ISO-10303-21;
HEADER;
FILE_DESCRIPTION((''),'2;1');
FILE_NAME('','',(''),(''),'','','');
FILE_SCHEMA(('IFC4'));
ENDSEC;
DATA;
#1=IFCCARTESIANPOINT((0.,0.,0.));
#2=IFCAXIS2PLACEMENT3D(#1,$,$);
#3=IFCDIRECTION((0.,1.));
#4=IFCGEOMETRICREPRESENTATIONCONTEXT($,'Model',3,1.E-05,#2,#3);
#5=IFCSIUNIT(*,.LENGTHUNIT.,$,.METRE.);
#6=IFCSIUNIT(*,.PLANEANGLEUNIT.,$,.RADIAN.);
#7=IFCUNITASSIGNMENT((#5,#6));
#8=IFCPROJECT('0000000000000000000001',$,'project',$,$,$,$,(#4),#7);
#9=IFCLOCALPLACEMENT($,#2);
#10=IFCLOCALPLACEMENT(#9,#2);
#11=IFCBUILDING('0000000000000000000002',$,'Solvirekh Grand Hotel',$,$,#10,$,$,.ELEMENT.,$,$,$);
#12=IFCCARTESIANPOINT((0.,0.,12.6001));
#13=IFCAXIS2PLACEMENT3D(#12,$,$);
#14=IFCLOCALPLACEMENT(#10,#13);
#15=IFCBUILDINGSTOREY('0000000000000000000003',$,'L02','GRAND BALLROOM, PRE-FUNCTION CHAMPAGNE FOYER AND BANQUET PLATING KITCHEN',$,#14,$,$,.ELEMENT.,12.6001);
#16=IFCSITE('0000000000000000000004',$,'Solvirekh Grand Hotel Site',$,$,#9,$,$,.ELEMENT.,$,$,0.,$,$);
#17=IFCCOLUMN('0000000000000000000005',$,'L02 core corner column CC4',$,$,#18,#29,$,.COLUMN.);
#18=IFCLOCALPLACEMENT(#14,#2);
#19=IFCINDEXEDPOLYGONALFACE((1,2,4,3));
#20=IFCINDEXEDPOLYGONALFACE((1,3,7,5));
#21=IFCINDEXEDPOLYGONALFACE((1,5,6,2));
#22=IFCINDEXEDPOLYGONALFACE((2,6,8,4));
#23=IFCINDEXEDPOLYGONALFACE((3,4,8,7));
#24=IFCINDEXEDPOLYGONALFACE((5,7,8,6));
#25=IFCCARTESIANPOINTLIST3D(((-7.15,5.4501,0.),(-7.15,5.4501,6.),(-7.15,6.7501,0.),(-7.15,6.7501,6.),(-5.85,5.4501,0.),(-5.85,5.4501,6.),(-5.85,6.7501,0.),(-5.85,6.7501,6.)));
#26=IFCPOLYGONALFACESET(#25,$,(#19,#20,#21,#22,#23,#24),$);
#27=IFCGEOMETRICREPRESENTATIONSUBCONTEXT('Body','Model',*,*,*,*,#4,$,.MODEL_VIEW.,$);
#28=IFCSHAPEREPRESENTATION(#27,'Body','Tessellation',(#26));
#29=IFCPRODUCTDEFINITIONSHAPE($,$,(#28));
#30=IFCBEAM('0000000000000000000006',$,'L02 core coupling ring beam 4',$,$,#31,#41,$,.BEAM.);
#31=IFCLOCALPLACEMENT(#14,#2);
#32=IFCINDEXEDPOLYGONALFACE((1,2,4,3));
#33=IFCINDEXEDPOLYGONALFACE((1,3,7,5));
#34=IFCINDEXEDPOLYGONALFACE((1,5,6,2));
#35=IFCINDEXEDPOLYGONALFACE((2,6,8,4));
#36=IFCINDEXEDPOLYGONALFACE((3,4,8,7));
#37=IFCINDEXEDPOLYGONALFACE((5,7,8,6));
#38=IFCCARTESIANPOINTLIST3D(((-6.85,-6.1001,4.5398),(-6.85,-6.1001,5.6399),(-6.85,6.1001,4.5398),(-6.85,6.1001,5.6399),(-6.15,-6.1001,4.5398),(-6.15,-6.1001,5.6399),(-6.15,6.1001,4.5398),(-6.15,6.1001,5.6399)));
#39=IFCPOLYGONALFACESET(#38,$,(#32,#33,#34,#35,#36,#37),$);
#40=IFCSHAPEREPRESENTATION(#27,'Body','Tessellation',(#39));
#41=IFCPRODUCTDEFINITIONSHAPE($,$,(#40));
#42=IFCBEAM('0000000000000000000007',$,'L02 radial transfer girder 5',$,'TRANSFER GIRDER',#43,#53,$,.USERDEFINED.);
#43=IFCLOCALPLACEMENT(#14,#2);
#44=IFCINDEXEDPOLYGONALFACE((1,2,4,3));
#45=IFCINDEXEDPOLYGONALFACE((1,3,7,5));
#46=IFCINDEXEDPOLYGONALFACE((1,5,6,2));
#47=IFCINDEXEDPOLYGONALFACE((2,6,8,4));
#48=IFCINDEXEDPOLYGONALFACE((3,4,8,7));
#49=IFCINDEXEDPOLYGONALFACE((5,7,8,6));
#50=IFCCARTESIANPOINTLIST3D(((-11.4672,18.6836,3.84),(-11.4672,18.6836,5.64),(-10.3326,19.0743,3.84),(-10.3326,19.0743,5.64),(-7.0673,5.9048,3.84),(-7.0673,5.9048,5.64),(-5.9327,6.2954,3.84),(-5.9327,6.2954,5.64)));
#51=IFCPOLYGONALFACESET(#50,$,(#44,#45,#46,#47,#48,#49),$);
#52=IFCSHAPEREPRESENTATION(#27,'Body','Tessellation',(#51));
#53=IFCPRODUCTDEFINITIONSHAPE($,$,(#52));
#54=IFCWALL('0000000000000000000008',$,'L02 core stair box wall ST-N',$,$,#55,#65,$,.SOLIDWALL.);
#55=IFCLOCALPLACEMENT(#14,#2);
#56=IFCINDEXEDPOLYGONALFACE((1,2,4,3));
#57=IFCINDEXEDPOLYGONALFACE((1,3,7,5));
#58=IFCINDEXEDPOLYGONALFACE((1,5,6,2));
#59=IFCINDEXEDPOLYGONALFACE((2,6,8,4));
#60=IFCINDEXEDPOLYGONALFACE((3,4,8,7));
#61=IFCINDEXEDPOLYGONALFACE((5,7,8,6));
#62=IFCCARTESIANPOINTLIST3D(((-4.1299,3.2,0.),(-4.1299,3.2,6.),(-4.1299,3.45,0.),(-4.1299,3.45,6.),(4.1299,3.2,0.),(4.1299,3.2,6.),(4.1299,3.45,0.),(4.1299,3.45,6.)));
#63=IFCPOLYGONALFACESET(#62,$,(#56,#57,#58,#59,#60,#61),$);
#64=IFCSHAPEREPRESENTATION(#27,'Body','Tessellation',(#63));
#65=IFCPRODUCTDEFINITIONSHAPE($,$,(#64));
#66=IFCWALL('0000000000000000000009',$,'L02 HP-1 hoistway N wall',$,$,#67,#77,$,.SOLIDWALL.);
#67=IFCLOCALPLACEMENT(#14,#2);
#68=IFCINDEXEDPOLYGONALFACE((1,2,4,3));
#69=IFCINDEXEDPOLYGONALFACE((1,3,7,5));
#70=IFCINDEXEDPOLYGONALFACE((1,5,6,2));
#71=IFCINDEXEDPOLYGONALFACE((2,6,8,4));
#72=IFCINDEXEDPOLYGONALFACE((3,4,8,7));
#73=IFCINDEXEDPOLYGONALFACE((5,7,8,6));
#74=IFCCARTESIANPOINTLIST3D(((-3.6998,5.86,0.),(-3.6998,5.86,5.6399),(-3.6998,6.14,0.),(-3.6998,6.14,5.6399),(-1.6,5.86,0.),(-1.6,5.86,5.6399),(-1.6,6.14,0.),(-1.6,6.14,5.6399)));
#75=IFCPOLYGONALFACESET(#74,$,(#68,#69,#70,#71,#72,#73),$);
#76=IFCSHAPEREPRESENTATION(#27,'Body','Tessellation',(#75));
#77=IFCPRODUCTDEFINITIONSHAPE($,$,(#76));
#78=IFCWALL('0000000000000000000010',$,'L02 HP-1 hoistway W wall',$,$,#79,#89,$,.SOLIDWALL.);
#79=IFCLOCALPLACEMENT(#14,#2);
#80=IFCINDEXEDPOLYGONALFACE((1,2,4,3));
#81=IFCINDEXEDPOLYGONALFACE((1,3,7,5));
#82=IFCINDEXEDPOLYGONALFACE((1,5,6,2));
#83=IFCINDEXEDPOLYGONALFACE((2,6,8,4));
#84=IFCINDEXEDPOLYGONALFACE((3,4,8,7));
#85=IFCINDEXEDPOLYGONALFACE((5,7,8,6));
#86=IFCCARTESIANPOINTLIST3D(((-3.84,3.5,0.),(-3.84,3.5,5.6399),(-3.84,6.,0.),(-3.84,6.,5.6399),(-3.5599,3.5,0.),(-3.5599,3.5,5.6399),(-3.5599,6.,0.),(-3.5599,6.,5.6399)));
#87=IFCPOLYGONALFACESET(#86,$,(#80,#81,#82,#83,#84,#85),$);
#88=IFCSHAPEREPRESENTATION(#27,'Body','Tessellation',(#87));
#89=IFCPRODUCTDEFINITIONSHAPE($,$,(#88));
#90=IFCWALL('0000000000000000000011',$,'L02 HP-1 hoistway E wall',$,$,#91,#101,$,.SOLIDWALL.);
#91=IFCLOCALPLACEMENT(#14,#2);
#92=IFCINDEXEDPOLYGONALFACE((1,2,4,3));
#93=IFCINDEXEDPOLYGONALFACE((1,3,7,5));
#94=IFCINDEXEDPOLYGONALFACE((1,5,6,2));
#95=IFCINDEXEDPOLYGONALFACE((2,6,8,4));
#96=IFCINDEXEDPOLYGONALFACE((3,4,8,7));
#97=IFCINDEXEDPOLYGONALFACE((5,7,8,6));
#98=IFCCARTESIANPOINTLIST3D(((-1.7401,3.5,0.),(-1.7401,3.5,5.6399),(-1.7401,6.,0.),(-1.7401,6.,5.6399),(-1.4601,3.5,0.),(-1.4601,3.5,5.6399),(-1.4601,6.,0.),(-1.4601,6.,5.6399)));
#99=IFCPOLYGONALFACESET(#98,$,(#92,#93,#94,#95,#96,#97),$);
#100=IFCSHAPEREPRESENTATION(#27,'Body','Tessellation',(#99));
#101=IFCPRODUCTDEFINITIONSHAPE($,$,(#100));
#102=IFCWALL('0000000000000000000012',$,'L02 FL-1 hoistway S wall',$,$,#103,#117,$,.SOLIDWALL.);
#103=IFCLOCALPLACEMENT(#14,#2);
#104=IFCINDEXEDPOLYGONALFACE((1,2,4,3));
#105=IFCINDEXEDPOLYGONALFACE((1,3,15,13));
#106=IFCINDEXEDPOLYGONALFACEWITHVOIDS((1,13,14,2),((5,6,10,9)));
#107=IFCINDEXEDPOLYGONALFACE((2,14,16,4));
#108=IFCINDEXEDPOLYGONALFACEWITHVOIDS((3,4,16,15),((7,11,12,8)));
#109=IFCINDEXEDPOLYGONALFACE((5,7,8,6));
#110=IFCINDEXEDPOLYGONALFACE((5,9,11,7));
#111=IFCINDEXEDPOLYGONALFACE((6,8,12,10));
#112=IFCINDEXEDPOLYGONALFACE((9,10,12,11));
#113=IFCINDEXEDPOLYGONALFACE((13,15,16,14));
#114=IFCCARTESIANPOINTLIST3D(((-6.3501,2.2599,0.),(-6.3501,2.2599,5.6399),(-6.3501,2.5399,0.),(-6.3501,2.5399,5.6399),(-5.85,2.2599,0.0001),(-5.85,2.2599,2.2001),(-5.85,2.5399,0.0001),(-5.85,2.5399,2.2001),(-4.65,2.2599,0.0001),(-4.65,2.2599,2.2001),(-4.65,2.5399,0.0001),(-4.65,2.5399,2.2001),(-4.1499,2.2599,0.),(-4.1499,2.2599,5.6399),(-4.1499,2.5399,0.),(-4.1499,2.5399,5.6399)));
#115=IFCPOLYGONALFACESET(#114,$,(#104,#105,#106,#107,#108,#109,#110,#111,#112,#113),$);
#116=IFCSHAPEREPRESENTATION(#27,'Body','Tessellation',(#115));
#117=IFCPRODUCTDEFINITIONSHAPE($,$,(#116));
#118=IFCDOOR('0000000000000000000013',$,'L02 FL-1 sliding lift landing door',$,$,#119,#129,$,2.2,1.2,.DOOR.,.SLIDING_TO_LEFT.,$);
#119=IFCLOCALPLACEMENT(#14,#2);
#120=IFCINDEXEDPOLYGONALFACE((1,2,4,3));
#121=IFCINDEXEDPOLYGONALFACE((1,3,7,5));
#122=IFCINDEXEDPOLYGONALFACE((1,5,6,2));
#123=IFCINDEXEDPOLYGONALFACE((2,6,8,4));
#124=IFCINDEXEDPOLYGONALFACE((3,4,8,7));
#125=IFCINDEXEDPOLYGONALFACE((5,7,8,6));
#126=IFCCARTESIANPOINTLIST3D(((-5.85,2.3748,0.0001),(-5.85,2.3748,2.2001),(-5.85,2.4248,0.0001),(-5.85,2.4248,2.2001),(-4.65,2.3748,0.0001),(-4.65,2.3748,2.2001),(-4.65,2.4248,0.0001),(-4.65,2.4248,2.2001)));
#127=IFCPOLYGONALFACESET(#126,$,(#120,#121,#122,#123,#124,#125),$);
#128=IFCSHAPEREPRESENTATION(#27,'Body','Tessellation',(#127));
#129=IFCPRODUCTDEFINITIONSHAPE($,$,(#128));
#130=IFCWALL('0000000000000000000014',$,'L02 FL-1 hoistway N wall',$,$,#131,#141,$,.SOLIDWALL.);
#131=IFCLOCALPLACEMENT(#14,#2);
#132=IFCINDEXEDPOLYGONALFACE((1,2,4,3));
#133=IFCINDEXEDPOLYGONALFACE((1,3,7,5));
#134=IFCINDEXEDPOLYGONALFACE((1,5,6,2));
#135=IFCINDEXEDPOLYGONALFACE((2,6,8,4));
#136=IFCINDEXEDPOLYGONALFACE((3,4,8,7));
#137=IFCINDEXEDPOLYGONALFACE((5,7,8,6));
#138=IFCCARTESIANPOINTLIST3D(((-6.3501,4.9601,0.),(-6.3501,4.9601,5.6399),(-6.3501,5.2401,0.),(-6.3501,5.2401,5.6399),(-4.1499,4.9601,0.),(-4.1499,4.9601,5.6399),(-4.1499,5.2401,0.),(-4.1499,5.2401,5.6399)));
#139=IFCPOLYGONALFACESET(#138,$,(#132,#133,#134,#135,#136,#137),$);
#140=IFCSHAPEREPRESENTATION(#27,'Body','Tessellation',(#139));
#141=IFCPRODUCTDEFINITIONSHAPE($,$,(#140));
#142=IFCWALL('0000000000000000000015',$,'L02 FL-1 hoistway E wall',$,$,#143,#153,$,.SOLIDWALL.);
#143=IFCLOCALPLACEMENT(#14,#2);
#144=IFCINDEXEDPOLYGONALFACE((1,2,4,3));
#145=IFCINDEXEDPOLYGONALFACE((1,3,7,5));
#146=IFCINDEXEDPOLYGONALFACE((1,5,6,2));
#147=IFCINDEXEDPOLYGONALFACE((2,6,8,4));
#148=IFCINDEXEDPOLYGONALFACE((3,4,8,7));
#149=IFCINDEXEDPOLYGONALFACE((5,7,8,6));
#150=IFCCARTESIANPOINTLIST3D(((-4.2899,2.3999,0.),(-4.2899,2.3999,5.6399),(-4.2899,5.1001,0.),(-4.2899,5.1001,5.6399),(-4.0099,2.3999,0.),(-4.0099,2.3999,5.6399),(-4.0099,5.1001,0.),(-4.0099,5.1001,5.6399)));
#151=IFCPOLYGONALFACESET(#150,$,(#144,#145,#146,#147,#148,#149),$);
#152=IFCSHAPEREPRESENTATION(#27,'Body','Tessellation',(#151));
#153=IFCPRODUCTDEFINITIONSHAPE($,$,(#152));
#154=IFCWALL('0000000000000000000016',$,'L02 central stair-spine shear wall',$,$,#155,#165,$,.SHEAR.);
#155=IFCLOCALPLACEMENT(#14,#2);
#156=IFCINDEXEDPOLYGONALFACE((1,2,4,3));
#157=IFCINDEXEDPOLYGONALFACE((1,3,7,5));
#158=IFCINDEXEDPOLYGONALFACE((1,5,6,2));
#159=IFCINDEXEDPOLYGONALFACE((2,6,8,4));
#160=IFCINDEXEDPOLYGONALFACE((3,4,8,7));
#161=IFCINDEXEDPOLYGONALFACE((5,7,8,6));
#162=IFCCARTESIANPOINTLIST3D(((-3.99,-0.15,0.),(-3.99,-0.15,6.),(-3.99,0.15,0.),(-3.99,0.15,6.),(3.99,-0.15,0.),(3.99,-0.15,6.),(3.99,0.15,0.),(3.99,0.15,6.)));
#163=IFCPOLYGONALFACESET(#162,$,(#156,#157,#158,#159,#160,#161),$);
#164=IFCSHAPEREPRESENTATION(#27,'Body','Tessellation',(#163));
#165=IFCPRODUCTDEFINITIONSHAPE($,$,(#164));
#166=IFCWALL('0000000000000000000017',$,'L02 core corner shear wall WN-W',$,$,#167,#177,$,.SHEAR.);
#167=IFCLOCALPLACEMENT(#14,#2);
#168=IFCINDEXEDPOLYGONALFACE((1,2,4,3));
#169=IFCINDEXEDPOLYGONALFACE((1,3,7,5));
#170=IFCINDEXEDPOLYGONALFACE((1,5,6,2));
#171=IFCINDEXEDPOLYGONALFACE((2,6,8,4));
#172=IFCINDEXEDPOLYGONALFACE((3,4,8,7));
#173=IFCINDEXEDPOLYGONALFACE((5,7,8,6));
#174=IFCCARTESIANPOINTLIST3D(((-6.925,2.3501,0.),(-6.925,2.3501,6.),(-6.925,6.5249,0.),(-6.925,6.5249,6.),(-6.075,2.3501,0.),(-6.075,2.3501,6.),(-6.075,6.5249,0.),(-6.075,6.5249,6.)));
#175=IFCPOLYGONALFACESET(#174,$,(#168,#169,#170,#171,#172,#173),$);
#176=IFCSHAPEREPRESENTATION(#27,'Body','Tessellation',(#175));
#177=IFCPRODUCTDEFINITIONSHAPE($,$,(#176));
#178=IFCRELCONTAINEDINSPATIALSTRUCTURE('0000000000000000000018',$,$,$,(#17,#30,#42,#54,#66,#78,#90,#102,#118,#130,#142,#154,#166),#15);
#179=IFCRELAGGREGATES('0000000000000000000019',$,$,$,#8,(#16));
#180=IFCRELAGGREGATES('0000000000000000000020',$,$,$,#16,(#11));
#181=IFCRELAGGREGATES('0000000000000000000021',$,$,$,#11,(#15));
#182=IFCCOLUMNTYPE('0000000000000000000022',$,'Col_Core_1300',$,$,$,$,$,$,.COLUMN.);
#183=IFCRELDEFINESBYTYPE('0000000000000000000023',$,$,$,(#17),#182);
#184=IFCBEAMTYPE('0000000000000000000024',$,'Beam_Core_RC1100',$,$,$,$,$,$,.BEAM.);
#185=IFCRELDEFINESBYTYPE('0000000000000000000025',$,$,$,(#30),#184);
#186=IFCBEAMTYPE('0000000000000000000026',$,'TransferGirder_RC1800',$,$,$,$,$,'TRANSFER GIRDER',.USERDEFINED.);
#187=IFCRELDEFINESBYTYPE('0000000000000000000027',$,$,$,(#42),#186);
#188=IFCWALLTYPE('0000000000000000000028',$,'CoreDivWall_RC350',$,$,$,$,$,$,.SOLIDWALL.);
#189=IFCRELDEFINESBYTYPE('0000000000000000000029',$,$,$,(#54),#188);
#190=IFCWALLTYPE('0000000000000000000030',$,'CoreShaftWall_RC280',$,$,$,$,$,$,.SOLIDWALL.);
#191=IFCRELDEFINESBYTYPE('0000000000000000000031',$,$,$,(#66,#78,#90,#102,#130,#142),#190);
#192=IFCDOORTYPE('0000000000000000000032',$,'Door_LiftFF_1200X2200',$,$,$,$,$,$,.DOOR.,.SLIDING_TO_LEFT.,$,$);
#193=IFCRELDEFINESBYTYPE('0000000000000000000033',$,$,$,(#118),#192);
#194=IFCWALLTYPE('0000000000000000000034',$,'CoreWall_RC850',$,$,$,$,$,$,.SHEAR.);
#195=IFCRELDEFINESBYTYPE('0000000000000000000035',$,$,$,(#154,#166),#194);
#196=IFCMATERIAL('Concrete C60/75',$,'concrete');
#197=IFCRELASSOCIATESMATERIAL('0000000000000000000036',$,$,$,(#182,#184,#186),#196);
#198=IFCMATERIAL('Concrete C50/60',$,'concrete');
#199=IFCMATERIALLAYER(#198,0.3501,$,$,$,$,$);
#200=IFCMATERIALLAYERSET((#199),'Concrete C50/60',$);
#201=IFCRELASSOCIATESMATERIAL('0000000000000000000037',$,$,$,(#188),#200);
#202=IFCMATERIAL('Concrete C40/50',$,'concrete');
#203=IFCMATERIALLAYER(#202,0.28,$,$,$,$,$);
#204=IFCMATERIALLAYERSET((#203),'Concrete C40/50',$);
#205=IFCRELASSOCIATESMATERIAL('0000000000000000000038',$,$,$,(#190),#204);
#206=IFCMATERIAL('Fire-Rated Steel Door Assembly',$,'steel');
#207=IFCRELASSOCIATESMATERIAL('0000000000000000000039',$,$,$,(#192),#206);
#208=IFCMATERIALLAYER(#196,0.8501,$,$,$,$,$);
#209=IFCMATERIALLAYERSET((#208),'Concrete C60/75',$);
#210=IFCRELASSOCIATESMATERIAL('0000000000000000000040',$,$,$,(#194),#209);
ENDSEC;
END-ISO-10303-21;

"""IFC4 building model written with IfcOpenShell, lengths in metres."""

from ifc_helpers import new_model, si_unit, direction, frame, frame_2d, origin, origin_2d, place, context, subcontext, project, spatial, rectangle, extrude, material, layer, layer_set, material_profile, profile_set, type_object, element, fill, save


model = new_model("IFC4")

# Units and contexts
model_context = context("Model", 3, precision=1e-05, world=origin(), true_north=direction((0.0, 1.0)))
body_context = subcontext(model_context, "Body", "Model", "MODEL_VIEW")
ifc_project = project(units=[si_unit("LENGTHUNIT", "METRE"), si_unit("PLANEANGLEUNIT", "RADIAN")], contexts=[model_context])

# Site, building, storey
site_placement = place(None, origin())
site = spatial("IfcSite", under=ifc_project, at=site_placement, Name="Solvirekh Grand Hotel Site", CompositionType="ELEMENT", RefElevation=0.0)
building_placement = place(site_placement, origin())
building = spatial("IfcBuilding", under=site, at=building_placement, Name="Solvirekh Grand Hotel", CompositionType="ELEMENT")
storey_placement = place(building_placement, frame((0.0, 0.0, 12.6001)))
storey = spatial("IfcBuildingStorey", under=building, at=storey_placement, Name="L02", Description="GRAND BALLROOM, PRE-FUNCTION CHAMPAGNE FOYER AND BANQUET PLATING KITCHEN", CompositionType="ELEMENT", Elevation=12.6001)

# Column
ifc_material_1 = material(Name="Concrete C60/75", Category="concrete")
ifc_material_profile_1 = material_profile(ifc_material_1, rectangle(XDim=1.3, YDim=1.3, at=origin_2d()), Name="RC 1300X1300")
ifc_profile_set_1 = profile_set([ifc_material_profile_1], Name="Concrete C60/75")
column_type = type_object("IfcColumnType", Name="Col_Core_1300", PredefinedType="COLUMN", material=ifc_profile_set_1)
column_placement = place(storey_placement, frame((-6.5, 6.1001, 0.0), z_axis=(0.0, 0.0, 1.0), x_axis=(1.0, 0.0, 0.0)))
element("IfcColumn", 1, at=column_placement, inside=storey, type_object=column_type, Name="L02 core corner column CC4", PredefinedType="COLUMN", context=body_context, shape_type="SweptSolid", body=[
    extrude(rectangle(XDim=1.3, YDim=1.3, at=origin_2d()), origin(), (0.0, 0.0, 1.0), 6.0),
])

# Beams
ifc_material_profile_2 = material_profile(ifc_material_1, rectangle(XDim=0.7, YDim=1.1001, at=origin_2d()), Name="RC BEAM 700X1100")
ifc_profile_set_2 = profile_set([ifc_material_profile_2], Name="Concrete C60/75")
beam_type_1 = type_object("IfcBeamType", Name="Beam_Core_RC1100", PredefinedType="BEAM", material=ifc_profile_set_2)
beam_1_placement = place(storey_placement, frame((-6.5, 6.1001, 5.0898), z_axis=(0.0, -1.0, 0.0), x_axis=(1.0, 0.0, 0.0)))
element("IfcBeam", 2, at=beam_1_placement, inside=storey, type_object=beam_type_1, Name="L02 core coupling ring beam 4", PredefinedType="BEAM", context=body_context, shape_type="SweptSolid", body=[
    extrude(rectangle(XDim=0.7, YDim=1.1001, at=origin_2d()), origin(), (0.0, 0.0, 1.0), 12.2002),
])
ifc_material_profile_3 = material_profile(ifc_material_1, rectangle(XDim=1.2, YDim=1.8, at=origin_2d()), Name="RC GIRDER 1200X1800")
ifc_profile_set_3 = profile_set([ifc_material_profile_3], Name="Concrete C60/75")
beam_type_2 = type_object("IfcBeamType", Name="TransferGirder_RC1800", ElementType="TRANSFER GIRDER", PredefinedType="USERDEFINED", material=ifc_profile_set_3)
beam_2_placement = place(storey_placement, frame((-6.5, 6.1001, 4.74), z_axis=(-0.325555, 0.945523, 0.0), x_axis=(-0.945523, -0.325555, 0.0)))
element("IfcBeam", 3, at=beam_2_placement, inside=storey, type_object=beam_type_2, Name="L02 radial transfer girder 5", ObjectType="TRANSFER GIRDER", PredefinedType="USERDEFINED", context=body_context, shape_type="SweptSolid", body=[
    extrude(rectangle(XDim=1.2, YDim=1.8, at=origin_2d()), origin(), (0.0, 0.0, 1.0), 13.5151),
])

# Walls
ifc_material_2 = material(Name="Concrete C50/60", Category="concrete")
ifc_layer_1 = layer(ifc_material_2, 0.3501)
ifc_layer_set_1 = layer_set([ifc_layer_1], Name="Concrete C50/60")
wall_type_1 = type_object("IfcWallType", Name="CoreDivWall_RC350", PredefinedType="SOLIDWALL", material=ifc_layer_set_1)
wall_1_placement = place(storey_placement, frame((-4.1299, 3.325, 0.0), z_axis=(0.0, 0.0, 1.0), x_axis=(1.0, 0.0, 0.0)))
element("IfcWall", 4, at=wall_1_placement, inside=storey, type_object=wall_type_1, Name="L02 core stair box wall ST-N", PredefinedType="SOLIDWALL", context=body_context, shape_type="SweptSolid", body=[
    extrude(rectangle(XDim=8.2598, YDim=0.25, at=frame_2d((4.1299, 0.0))), origin(), (0.0, 0.0, 1.0), 6.0),
])
ifc_material_3 = material(Name="Concrete C40/50", Category="concrete")
ifc_layer_2 = layer(ifc_material_3, 0.28)
ifc_layer_set_2 = layer_set([ifc_layer_2], Name="Concrete C40/50")
wall_type_2 = type_object("IfcWallType", Name="CoreShaftWall_RC280", PredefinedType="SOLIDWALL", material=ifc_layer_set_2)
wall_2_placement = place(storey_placement, frame((-1.6001, 6.0, 0.0), z_axis=(0.0, 0.0, 1.0), x_axis=(-1.0, 0.0, 0.0)))
element("IfcWall", 5, at=wall_2_placement, inside=storey, type_object=wall_type_2, Name="L02 HP-1 hoistway N wall", PredefinedType="SOLIDWALL", context=body_context, shape_type="SweptSolid", body=[
    extrude(rectangle(XDim=2.0999, YDim=0.28, at=frame_2d((1.0498, 0.0))), origin(), (0.0, 0.0, 1.0), 5.6399),
])
for number, where, z_axis, x_axis, name in (
    (6, (-3.7, 6.0, 0.0), (0.0, 0.0, 1.0), (0.0, -1.0, 0.0), "L02 HP-1 hoistway W wall"),
    (7, (-1.6001, 3.5, 0.0), (0.0, 0.0, 1.0), (0.0, 1.0, 0.0), "L02 HP-1 hoistway E wall"),
):
    element("IfcWall", number, at=place(storey_placement, frame(where, z_axis=z_axis, x_axis=x_axis)), inside=storey, type_object=wall_type_2, Name=name, PredefinedType="SOLIDWALL", context=body_context, shape_type="SweptSolid", body=[
        extrude(rectangle(XDim=2.5, YDim=0.28, at=frame_2d((1.25, 0.0))), origin(), (0.0, 0.0, 1.0), 5.6399),
    ])

# Wall, opening, door
wall_3_placement = place(storey_placement, frame((-6.3501, 2.3999, 0.0), z_axis=(0.0, 0.0, 1.0), x_axis=(1.0, 0.0, 0.0)))
wall_3 = element("IfcWall", 8, at=wall_3_placement, inside=storey, type_object=wall_type_2, Name="L02 FL-1 hoistway S wall", PredefinedType="SOLIDWALL", context=body_context, shape_type="SweptSolid", body=[
    extrude(rectangle(XDim=2.2002, YDim=0.28, at=frame_2d((1.1001, 0.0))), origin(), (0.0, 0.0, 1.0), 5.6399),
])
opening_1_placement = place(wall_3_placement, frame((0.5, 0.0, 0.0)))
opening_1 = element("IfcOpeningElement", 9, at=opening_1_placement, cuts=wall_3, PredefinedType="OPENING", context=body_context, shape_type="SweptSolid", body=[
    extrude(rectangle(XDim=1.2, YDim=2.2, at=frame_2d((0.6001, 1.1001))), frame((0.0, 0.1499, 0.0), z_axis=(0.0, -1.0, 0.0), x_axis=(1.0, 0.0, 0.0)), (0.0, 0.0, 1.0), 0.3),
])
ifc_material_4 = material(Name="Fire-Rated Steel Door Assembly", Category="steel")
door_type_1 = type_object("IfcDoorType", Name="Door_LiftFF_1200X2200", OperationType="SLIDING_TO_LEFT", PredefinedType="DOOR", material=ifc_material_4)
door_1_placement = place(opening_1_placement, origin())
door_1 = element("IfcDoor", 10, at=door_1_placement, inside=storey, type_object=door_type_1, Name="L02 FL-1 sliding lift landing door", OperationType="SLIDING_TO_LEFT", OverallHeight=2.2, OverallWidth=1.2, PredefinedType="DOOR", context=body_context, shape_type="SweptSolid", body=[
    extrude(rectangle(XDim=1.2, YDim=2.2, at=frame_2d((0.6001, 1.1001))), frame((0.0, 0.0249, 0.0), z_axis=(0.0, -1.0, 0.0), x_axis=(1.0, 0.0, 0.0)), (0.0, 0.0, 1.0), 0.05),
])
fill(opening_1, door_1)

# Walls
wall_4_placement = place(storey_placement, frame((-4.1499, 5.1001, 0.0), z_axis=(0.0, 0.0, 1.0), x_axis=(-1.0, 0.0, 0.0)))
element("IfcWall", 11, at=wall_4_placement, inside=storey, type_object=wall_type_2, Name="L02 FL-1 hoistway N wall", PredefinedType="SOLIDWALL", context=body_context, shape_type="SweptSolid", body=[
    extrude(rectangle(XDim=2.2002, YDim=0.28, at=frame_2d((1.1001, 0.0))), origin(), (0.0, 0.0, 1.0), 5.6399),
])
wall_5_placement = place(storey_placement, frame((-4.1499, 2.3999, 0.0), z_axis=(0.0, 0.0, 1.0), x_axis=(0.0, 1.0, 0.0)))
element("IfcWall", 12, at=wall_5_placement, inside=storey, type_object=wall_type_2, Name="L02 FL-1 hoistway E wall", PredefinedType="SOLIDWALL", context=body_context, shape_type="SweptSolid", body=[
    extrude(rectangle(XDim=2.7002, YDim=0.28, at=frame_2d((1.3501, 0.0))), origin(), (0.0, 0.0, 1.0), 5.6399),
])
ifc_layer_3 = layer(ifc_material_1, 0.8501)
ifc_layer_set_3 = layer_set([ifc_layer_3], Name="Concrete C60/75")
wall_type_3 = type_object("IfcWallType", Name="CoreWall_RC850", PredefinedType="SHEAR", material=ifc_layer_set_3)
wall_6_placement = place(storey_placement, frame((-3.99, 0.0, 0.0), z_axis=(0.0, 0.0, 1.0), x_axis=(1.0, 0.0, 0.0)))
element("IfcWall", 13, at=wall_6_placement, inside=storey, type_object=wall_type_3, Name="L02 central stair-spine shear wall", PredefinedType="SHEAR", context=body_context, shape_type="SweptSolid", body=[
    extrude(rectangle(XDim=7.98, YDim=0.3, at=frame_2d((3.99, 0.0))), origin(), (0.0, 0.0, 1.0), 6.0),
])
wall_7_placement = place(storey_placement, frame((-6.5, 2.3501, 0.0), z_axis=(0.0, 0.0, 1.0), x_axis=(0.0, 1.0, 0.0)))
element("IfcWall", 14, at=wall_7_placement, inside=storey, type_object=wall_type_3, Name="L02 core corner shear wall WN-W", PredefinedType="SHEAR", context=body_context, shape_type="SweptSolid", body=[
    extrude(rectangle(XDim=4.1748, YDim=0.8501, at=frame_2d((2.0874, 0.0))), origin(), (0.0, 0.0, 1.0), 6.0),
])

save(model, "model.ifc")
